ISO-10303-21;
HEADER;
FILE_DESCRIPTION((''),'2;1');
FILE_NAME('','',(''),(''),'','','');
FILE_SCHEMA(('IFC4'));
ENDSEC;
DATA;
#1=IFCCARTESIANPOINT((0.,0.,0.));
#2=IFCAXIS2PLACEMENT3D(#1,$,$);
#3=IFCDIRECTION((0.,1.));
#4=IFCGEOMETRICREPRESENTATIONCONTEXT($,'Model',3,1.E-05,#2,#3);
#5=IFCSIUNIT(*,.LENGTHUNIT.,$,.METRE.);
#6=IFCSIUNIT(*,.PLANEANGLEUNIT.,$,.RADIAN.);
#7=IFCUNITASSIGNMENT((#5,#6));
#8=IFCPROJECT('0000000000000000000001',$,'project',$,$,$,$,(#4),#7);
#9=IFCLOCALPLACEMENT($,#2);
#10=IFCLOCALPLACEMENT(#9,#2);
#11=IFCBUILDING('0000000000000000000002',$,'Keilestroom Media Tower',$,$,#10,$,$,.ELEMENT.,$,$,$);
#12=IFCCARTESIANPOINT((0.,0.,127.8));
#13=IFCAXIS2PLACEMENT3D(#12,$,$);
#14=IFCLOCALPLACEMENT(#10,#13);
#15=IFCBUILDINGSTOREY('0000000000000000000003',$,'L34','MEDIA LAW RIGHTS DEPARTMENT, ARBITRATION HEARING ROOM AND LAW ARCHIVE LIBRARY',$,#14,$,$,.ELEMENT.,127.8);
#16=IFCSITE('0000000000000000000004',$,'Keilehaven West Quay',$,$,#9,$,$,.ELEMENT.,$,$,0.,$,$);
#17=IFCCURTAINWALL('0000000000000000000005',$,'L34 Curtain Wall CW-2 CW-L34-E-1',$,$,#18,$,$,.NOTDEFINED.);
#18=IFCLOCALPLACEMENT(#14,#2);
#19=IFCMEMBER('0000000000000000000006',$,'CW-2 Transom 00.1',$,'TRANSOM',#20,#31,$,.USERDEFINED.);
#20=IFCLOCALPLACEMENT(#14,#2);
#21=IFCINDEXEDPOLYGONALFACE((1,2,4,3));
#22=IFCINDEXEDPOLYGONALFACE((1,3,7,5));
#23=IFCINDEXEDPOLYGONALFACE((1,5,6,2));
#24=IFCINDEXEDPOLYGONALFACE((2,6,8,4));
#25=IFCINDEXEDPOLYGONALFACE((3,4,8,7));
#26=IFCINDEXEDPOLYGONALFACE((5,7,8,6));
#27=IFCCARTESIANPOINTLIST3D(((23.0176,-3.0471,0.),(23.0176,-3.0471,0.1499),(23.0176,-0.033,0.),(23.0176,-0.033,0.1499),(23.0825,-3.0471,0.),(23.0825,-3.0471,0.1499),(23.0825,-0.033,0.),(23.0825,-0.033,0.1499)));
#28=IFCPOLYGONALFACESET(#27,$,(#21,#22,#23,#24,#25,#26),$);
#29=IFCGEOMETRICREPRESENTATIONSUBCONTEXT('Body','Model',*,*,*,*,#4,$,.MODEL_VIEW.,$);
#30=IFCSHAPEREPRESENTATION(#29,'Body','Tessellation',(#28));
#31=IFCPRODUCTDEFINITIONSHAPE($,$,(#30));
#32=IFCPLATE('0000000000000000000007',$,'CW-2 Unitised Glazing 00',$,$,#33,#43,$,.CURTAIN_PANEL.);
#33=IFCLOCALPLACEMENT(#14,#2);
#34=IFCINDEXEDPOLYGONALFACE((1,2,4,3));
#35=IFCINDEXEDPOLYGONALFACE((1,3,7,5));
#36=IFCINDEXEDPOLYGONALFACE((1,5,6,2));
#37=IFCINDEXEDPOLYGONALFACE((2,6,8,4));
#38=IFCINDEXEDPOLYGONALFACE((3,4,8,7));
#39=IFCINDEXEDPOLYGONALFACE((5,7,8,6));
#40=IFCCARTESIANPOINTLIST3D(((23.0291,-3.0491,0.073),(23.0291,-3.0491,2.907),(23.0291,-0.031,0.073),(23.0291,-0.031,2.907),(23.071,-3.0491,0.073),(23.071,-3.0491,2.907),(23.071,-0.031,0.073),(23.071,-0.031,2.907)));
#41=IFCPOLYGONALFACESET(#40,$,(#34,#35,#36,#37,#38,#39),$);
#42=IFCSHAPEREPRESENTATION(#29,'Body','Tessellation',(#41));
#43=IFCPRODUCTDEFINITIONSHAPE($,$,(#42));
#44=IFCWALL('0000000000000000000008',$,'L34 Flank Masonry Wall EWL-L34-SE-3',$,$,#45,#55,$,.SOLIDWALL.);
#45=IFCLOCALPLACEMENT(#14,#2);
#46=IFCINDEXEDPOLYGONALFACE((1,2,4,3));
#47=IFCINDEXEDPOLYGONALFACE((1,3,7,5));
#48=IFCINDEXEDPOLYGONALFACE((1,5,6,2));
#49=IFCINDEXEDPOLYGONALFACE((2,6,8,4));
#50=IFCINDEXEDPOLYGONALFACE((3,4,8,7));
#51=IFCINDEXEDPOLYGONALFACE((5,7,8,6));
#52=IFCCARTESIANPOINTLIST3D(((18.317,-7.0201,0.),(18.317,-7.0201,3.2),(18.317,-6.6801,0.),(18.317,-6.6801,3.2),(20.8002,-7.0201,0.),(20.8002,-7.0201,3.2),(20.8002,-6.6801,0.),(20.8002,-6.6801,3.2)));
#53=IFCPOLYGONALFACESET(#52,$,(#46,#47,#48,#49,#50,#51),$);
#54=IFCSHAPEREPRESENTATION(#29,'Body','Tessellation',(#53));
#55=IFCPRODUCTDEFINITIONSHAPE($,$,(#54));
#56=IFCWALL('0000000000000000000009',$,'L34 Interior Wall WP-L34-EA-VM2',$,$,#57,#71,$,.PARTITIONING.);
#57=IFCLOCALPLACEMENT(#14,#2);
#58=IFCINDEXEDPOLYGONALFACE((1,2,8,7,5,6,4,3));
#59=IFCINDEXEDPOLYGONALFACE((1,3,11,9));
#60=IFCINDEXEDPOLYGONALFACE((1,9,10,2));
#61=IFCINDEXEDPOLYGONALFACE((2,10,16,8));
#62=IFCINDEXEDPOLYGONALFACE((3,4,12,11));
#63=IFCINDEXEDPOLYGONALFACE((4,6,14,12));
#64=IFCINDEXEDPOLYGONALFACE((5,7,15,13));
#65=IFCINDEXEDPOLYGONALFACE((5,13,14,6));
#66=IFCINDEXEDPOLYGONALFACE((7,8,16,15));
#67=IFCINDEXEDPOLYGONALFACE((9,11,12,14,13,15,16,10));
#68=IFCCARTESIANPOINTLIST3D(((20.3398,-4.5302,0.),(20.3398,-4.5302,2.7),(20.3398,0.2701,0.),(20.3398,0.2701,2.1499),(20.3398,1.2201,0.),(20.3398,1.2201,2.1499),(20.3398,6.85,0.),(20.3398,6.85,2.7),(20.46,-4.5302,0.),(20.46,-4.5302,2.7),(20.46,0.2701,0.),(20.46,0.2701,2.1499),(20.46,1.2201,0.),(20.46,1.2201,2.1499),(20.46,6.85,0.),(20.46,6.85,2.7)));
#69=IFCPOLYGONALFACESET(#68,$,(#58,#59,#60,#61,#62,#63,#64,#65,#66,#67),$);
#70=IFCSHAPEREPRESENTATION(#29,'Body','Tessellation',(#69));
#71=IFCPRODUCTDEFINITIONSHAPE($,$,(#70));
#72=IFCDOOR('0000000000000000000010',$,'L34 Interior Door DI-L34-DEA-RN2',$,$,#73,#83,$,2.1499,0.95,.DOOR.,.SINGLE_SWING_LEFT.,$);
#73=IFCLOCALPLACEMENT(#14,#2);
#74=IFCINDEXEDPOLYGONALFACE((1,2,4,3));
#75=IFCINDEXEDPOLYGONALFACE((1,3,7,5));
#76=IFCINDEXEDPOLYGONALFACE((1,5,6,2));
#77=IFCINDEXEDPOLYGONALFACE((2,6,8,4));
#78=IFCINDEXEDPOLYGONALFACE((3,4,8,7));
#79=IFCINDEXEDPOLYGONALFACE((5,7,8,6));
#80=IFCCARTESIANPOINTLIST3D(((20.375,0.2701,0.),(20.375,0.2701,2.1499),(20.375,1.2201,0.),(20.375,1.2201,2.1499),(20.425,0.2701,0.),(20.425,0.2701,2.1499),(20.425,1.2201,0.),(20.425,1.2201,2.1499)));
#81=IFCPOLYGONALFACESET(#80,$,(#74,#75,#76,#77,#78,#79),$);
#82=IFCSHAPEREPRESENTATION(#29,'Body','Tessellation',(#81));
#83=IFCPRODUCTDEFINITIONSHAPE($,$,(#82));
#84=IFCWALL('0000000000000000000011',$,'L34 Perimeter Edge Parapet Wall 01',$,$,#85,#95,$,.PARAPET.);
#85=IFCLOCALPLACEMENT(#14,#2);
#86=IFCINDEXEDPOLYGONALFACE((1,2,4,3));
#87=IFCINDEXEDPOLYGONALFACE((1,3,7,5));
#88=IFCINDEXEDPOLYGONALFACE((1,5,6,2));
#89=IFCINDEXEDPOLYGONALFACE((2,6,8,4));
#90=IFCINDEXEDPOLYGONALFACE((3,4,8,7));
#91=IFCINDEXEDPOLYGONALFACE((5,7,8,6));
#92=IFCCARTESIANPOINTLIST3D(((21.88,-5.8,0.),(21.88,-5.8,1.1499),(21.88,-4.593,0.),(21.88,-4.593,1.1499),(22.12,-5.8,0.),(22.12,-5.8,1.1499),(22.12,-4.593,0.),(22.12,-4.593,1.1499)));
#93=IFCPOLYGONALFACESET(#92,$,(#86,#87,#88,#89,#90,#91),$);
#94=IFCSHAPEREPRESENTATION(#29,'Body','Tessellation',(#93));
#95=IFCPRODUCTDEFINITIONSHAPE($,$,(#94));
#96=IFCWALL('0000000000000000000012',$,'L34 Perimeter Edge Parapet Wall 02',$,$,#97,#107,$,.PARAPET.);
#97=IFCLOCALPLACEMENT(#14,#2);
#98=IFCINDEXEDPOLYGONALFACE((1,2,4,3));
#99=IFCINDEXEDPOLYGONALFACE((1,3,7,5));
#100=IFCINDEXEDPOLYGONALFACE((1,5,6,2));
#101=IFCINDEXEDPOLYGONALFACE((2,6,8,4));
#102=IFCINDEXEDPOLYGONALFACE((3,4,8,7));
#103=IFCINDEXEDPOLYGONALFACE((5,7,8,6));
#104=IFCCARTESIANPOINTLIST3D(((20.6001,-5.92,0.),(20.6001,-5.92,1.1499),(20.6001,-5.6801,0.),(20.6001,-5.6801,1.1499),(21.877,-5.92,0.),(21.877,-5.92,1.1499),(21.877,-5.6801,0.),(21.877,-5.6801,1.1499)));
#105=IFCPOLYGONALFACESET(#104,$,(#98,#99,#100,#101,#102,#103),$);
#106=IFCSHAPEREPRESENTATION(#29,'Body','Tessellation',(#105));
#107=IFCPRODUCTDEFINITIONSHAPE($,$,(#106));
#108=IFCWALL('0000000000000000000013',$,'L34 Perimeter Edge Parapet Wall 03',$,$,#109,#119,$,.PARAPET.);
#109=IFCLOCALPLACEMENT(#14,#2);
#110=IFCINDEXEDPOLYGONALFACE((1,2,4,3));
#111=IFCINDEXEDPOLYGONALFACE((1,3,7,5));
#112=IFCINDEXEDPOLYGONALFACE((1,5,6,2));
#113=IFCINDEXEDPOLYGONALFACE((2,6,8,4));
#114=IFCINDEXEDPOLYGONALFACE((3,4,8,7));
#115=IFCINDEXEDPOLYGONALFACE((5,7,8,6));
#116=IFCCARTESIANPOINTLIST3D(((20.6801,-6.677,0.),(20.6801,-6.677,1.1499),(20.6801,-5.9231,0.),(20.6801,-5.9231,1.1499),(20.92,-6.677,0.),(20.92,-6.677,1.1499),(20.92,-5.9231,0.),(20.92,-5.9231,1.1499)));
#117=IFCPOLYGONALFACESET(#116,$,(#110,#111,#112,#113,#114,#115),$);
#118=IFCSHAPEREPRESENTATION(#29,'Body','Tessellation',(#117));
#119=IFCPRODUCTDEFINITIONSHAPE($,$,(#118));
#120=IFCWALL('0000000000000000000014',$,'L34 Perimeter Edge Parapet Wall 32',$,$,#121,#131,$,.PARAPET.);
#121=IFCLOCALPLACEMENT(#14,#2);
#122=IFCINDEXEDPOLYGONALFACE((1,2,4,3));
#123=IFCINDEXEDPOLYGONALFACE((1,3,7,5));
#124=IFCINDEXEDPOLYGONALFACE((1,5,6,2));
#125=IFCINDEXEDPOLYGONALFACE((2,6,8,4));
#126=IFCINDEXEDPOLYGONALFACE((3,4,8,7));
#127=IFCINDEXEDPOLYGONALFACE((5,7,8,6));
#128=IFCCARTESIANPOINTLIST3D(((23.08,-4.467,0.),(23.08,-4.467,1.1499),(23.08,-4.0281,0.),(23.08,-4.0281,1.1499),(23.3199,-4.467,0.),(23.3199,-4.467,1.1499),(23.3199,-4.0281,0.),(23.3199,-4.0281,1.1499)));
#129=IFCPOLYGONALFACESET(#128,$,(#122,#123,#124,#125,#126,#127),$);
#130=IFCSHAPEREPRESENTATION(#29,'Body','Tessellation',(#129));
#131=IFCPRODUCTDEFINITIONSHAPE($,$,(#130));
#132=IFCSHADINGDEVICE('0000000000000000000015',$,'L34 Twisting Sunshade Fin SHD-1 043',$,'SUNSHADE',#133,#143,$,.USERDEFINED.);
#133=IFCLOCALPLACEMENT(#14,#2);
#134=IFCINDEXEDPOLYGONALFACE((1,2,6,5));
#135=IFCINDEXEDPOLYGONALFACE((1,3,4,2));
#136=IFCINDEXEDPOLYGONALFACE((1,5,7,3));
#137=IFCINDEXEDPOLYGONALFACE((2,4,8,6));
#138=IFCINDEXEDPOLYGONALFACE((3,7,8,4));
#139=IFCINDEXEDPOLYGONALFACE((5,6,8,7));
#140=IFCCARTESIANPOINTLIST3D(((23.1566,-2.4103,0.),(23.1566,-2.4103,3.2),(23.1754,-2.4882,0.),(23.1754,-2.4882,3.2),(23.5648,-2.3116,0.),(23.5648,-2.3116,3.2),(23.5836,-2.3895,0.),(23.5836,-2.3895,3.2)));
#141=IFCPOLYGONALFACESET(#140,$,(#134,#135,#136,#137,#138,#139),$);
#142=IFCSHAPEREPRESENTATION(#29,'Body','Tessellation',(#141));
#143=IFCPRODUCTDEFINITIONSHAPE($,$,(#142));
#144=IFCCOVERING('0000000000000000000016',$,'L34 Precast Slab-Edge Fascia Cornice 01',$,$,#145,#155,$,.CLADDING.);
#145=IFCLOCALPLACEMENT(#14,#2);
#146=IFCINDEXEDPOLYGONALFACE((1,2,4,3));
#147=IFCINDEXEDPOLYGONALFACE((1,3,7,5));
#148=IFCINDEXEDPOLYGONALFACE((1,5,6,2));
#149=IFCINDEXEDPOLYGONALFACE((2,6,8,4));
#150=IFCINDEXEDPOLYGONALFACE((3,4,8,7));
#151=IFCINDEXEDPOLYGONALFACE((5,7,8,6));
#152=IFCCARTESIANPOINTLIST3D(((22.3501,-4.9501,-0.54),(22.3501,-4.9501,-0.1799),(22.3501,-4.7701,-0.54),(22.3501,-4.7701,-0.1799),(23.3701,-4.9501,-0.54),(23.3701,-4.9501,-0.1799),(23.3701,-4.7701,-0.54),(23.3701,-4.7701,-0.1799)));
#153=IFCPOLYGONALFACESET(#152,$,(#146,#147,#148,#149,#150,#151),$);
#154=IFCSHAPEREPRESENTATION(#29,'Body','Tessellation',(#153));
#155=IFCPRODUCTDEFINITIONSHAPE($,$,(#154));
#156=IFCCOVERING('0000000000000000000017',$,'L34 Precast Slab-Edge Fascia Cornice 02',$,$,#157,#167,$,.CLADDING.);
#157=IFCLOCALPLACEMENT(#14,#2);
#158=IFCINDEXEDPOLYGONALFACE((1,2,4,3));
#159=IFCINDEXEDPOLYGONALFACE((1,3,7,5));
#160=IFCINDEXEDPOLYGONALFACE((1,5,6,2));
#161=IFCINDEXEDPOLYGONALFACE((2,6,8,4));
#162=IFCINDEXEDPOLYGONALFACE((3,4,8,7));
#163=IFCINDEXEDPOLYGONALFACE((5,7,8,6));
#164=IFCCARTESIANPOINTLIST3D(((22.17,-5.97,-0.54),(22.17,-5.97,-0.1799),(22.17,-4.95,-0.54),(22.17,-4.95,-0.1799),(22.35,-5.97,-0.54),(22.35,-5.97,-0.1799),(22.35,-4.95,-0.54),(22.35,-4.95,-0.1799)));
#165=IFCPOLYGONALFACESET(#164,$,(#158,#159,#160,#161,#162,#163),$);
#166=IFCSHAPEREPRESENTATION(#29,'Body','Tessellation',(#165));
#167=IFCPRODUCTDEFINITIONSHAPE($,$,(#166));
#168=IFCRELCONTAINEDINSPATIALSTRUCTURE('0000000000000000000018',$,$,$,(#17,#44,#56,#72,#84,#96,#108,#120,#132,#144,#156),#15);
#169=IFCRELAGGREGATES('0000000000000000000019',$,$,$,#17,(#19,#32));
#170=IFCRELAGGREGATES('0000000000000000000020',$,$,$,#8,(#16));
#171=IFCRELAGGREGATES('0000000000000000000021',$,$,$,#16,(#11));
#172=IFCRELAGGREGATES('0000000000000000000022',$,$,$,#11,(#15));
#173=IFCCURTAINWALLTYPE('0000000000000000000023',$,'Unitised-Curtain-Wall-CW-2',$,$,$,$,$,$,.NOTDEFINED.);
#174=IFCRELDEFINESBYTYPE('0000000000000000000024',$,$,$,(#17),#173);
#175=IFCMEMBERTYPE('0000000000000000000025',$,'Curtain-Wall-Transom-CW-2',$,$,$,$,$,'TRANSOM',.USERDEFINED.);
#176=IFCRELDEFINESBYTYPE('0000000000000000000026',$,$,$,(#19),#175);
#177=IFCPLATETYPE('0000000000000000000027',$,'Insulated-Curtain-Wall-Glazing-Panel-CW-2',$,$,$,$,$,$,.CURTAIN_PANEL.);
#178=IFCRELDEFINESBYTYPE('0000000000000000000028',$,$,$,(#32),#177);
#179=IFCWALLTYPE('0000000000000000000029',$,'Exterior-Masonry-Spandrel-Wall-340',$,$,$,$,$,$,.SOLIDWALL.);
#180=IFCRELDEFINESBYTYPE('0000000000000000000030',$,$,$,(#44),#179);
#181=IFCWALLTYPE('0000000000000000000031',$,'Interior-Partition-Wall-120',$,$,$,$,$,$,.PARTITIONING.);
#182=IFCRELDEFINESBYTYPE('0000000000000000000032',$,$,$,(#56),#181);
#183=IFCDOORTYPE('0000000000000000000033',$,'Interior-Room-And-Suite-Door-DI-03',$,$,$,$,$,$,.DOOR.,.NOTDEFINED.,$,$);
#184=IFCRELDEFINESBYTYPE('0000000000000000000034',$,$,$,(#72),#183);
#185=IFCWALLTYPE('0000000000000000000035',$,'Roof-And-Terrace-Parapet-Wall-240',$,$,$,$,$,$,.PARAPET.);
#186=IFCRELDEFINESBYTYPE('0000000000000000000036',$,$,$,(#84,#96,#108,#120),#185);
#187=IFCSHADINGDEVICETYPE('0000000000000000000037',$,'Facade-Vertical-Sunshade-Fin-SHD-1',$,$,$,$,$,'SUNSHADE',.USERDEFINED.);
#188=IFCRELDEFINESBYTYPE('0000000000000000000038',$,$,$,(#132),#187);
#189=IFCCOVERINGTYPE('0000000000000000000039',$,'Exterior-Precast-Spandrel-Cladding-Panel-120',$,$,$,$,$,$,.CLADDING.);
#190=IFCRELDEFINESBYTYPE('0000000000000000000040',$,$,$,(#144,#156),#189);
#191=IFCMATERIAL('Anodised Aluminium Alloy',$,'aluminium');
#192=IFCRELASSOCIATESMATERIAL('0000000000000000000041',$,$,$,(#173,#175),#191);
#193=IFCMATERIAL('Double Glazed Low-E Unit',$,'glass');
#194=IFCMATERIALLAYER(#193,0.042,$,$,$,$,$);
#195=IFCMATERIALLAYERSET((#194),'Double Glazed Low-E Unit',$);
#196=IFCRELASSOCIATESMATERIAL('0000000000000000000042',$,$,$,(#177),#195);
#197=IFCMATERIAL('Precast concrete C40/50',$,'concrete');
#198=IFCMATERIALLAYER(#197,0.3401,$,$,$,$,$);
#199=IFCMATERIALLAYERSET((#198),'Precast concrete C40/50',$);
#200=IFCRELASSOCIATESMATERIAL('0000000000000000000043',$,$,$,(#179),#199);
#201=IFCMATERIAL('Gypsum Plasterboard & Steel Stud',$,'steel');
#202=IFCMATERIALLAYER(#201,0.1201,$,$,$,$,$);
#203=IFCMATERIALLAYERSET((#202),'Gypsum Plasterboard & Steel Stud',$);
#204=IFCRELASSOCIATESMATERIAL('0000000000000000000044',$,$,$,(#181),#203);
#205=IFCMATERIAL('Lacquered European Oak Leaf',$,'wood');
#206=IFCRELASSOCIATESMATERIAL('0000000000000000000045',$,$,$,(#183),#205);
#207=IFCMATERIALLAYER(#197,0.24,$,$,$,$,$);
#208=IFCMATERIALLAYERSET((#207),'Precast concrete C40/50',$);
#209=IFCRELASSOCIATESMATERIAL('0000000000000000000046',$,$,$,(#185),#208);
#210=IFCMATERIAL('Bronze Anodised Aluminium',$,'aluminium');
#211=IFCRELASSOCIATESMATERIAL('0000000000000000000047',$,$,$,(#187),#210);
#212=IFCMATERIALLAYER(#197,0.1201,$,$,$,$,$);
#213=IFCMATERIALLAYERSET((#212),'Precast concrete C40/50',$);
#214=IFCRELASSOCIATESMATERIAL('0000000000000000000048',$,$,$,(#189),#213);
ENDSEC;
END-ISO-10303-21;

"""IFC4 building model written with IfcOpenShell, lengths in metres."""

from ifc_helpers import new_model, si_unit, direction, frame, frame_2d, origin, origin_2d, place, context, subcontext, project, spatial, rectangle, extrude, source, transform, mapped, material, layer, layer_set, material_profile, profile_set, type_object, element, fill, aggregate, save


model = new_model("IFC4")

# Units and contexts
model_context = context("Model", 3, precision=1e-05, world=origin(), true_north=direction((0.0, 1.0)))
body_context = subcontext(model_context, "Body", "Model", "MODEL_VIEW")
ifc_project = project(units=[si_unit("LENGTHUNIT", "METRE"), si_unit("PLANEANGLEUNIT", "RADIAN")], contexts=[model_context])

# Site, building, storey
site_placement = place(None, origin())
site = spatial("IfcSite", under=ifc_project, at=site_placement, Name="Keilehaven West Quay", CompositionType="ELEMENT", RefElevation=0.0)
building_placement = place(site_placement, origin())
building = spatial("IfcBuilding", under=site, at=building_placement, Name="Keilestroom Media Tower", CompositionType="ELEMENT")
storey_placement = place(building_placement, frame((0.0, 0.0, 127.8)))
storey = spatial("IfcBuildingStorey", under=building, at=storey_placement, Name="L34", Description="MEDIA LAW RIGHTS DEPARTMENT, ARBITRATION HEARING ROOM AND LAW ARCHIVE LIBRARY", CompositionType="ELEMENT", Elevation=127.8)

# Shared definitions
ifc_material_1 = material(Name="Precast concrete C40/50", Category="concrete")

# Curtain wall, member, plate
ifc_material_2 = material(Name="Anodised Aluminium Alloy", Category="aluminium")
curtain_wall_type = type_object("IfcCurtainWallType", Name="Unitised-Curtain-Wall-CW-2", PredefinedType="NOTDEFINED", material=ifc_material_2)
curtain_wall_placement = place(storey_placement, origin())
curtain_wall = element("IfcCurtainWall", 1, at=curtain_wall_placement, inside=storey, type_object=curtain_wall_type, Name="L34 Curtain Wall CW-2 CW-L34-E-1", PredefinedType="NOTDEFINED")
ifc_material_profile_1 = material_profile(ifc_material_2, rectangle(XDim=0.0649, YDim=0.1499, at=origin_2d()), Name="ALU TRANSOM 65x150")
ifc_profile_set_1 = profile_set([ifc_material_profile_1], Name="Anodised Aluminium Alloy")
member_type_1 = type_object("IfcMemberType", Name="Curtain-Wall-Transom-CW-2", ElementType="TRANSOM", PredefinedType="USERDEFINED", material=ifc_profile_set_1)
shared_shape_1 = source(origin(), body_context, "Body", "SweptSolid", [
    extrude(rectangle(XDim=0.0649, YDim=0.1499, at=origin_2d()), origin(), (0.0, 0.0, 1.0), 3.0142),
])
member_1_placement = place(storey_placement, frame((23.05, -3.0471, 0.075), z_axis=(0.0, 1.0, 0.0), x_axis=(-1.0, 0.0, 0.0)))
member_1 = element("IfcMember", 2, at=member_1_placement, type_object=member_type_1, Name="CW-2 Transom 00.1", ObjectType="TRANSOM", PredefinedType="USERDEFINED", context=body_context, shape_type="MappedRepresentation", body=[
    mapped(shared_shape_1, transform((0.0, 0.0, 0.0), x_axis=(1.0, 0.0, 0.0), y_axis=(0.0, 1.0, 0.0), z_axis=(0.0, 0.0, 1.0), scale=1.0)),
])
ifc_material_3 = material(Name="Double Glazed Low-E Unit", Category="glass")
ifc_layer_1 = layer(ifc_material_3, 0.042)
ifc_layer_set_1 = layer_set([ifc_layer_1], Name="Double Glazed Low-E Unit")
plate_type = type_object("IfcPlateType", Name="Insulated-Curtain-Wall-Glazing-Panel-CW-2", PredefinedType="CURTAIN_PANEL", material=ifc_layer_set_1)
shared_shape_2 = source(origin(), body_context, "Body", "SweptSolid", [
    extrude(rectangle(XDim=3.0181, YDim=0.042, at=origin_2d()), origin(), (0.0, 0.0, 1.0), 2.834),
])
plate_placement = place(storey_placement, frame((23.05, -1.54, 0.073), z_axis=(0.0, 0.0, 1.0), x_axis=(0.0, 1.0, 0.0)))
plate = element("IfcPlate", 3, at=plate_placement, type_object=plate_type, Name="CW-2 Unitised Glazing 00", PredefinedType="CURTAIN_PANEL", context=body_context, shape_type="MappedRepresentation", body=[
    mapped(shared_shape_2, transform((0.0, 0.0, 0.0), x_axis=(1.0, 0.0, 0.0), y_axis=(0.0, 1.0, 0.0), z_axis=(0.0, 0.0, 1.0), scale=1.0)),
])
aggregate(curtain_wall, [member_1, plate])

# Wall
ifc_layer_2 = layer(ifc_material_1, 0.3401)
ifc_layer_set_2 = layer_set([ifc_layer_2], Name="Precast concrete C40/50")
wall_type_1 = type_object("IfcWallType", Name="Exterior-Masonry-Spandrel-Wall-340", PredefinedType="SOLIDWALL", material=ifc_layer_set_2)
wall_1_placement = place(storey_placement, frame((18.3169, -6.8501, 0.0), z_axis=(0.0, 0.0, 1.0), x_axis=(1.0, 0.0, 0.0)))
element("IfcWall", 4, at=wall_1_placement, inside=storey, type_object=wall_type_1, Name="L34 Flank Masonry Wall EWL-L34-SE-3", PredefinedType="SOLIDWALL", context=body_context, shape_type="SweptSolid", body=[
    extrude(rectangle(XDim=2.4832, YDim=0.3401, at=frame_2d((1.2417, 0.0))), origin(), (0.0, 0.0, 1.0), 3.2),
])

# Wall, opening, door
ifc_material_4 = material(Name="Gypsum Plasterboard & Steel Stud", Category="steel")
ifc_layer_3 = layer(ifc_material_4, 0.1201)
ifc_layer_set_3 = layer_set([ifc_layer_3], Name="Gypsum Plasterboard & Steel Stud")
wall_type_2 = type_object("IfcWallType", Name="Interior-Partition-Wall-120", PredefinedType="PARTITIONING", material=ifc_layer_set_3)
wall_2_placement = place(storey_placement, frame((20.3999, -4.53, 0.0), z_axis=(0.0, 0.0, 1.0), x_axis=(0.0, 1.0, 0.0)))
wall_2 = element("IfcWall", 5, at=wall_2_placement, inside=storey, type_object=wall_type_2, Name="L34 Interior Wall WP-L34-EA-VM2", PredefinedType="PARTITIONING", context=body_context, shape_type="SweptSolid", body=[
    extrude(rectangle(XDim=11.3801, YDim=0.1201, at=frame_2d((5.6899, 0.0))), origin(), (0.0, 0.0, 1.0), 2.7),
])
opening_placement = place(wall_2_placement, frame((4.8, 0.0, 0.0)))
opening = element("IfcOpeningElement", 6, at=opening_placement, cuts=wall_2, PredefinedType="OPENING", context=body_context, shape_type="SweptSolid", body=[
    extrude(rectangle(XDim=0.95, YDim=2.1499, at=frame_2d((0.4751, 1.075))), frame((0.0, 0.0701, 0.0), z_axis=(0.0, -1.0, 0.0), x_axis=(1.0, 0.0, 0.0)), (0.0, 0.0, 1.0), 0.1401),
])
ifc_material_5 = material(Name="Lacquered European Oak Leaf", Category="wood")
door_type = type_object("IfcDoorType", Name="Interior-Room-And-Suite-Door-DI-03", OperationType="NOTDEFINED", PredefinedType="DOOR", material=ifc_material_5)
shared_shape_3 = source(origin(), body_context, "Body", "SweptSolid", [
    extrude(rectangle(XDim=0.95, YDim=2.1499, at=frame_2d((0.4751, 1.075))), frame((0.0, 0.0249, 0.0), z_axis=(0.0, -1.0, 0.0), x_axis=(1.0, 0.0, 0.0)), (0.0, 0.0, 1.0), 0.05),
])
door_placement = place(opening_placement, origin())
door = element("IfcDoor", 7, at=door_placement, inside=storey, type_object=door_type, Name="L34 Interior Door DI-L34-DEA-RN2", OperationType="SINGLE_SWING_LEFT", OverallHeight=2.1499, OverallWidth=0.95, PredefinedType="DOOR", context=body_context, shape_type="MappedRepresentation", body=[
    mapped(shared_shape_3, transform((0.0, 0.0, 0.0), x_axis=(1.0, 0.0, 0.0), y_axis=(0.0, 1.0, 0.0), z_axis=(0.0, 0.0, 1.0), scale=1.0)),
])
fill(opening, door)

# Walls
ifc_layer_4 = layer(ifc_material_1, 0.24)
ifc_layer_set_4 = layer_set([ifc_layer_4], Name="Precast concrete C40/50")
wall_type_3 = type_object("IfcWallType", Name="Roof-And-Terrace-Parapet-Wall-240", PredefinedType="PARAPET", material=ifc_layer_set_4)
wall_3_placement = place(storey_placement, frame((22.0, -4.593, 0.0), z_axis=(0.0, 0.0, 1.0), x_axis=(0.0, -1.0, 0.0)))
element("IfcWall", 8, at=wall_3_placement, inside=storey, type_object=wall_type_3, Name="L34 Perimeter Edge Parapet Wall 01", PredefinedType="PARAPET", context=body_context, shape_type="SweptSolid", body=[
    extrude(rectangle(XDim=1.207, YDim=0.24, at=frame_2d((0.6035, 0.0))), origin(), (0.0, 0.0, 1.0), 1.1499),
])
wall_4_placement = place(storey_placement, frame((21.877, -5.8, 0.0), z_axis=(0.0, 0.0, 1.0), x_axis=(-1.0, 0.0, 0.0)))
element("IfcWall", 9, at=wall_4_placement, inside=storey, type_object=wall_type_3, Name="L34 Perimeter Edge Parapet Wall 02", PredefinedType="PARAPET", context=body_context, shape_type="SweptSolid", body=[
    extrude(rectangle(XDim=1.2769, YDim=0.24, at=frame_2d((0.6384, 0.0))), origin(), (0.0, 0.0, 1.0), 1.1499),
])
wall_5_placement = place(storey_placement, frame((20.8, -5.9231, 0.0), z_axis=(0.0, 0.0, 1.0), x_axis=(0.0, -1.0, 0.0)))
element("IfcWall", 10, at=wall_5_placement, inside=storey, type_object=wall_type_3, Name="L34 Perimeter Edge Parapet Wall 03", PredefinedType="PARAPET", context=body_context, shape_type="SweptSolid", body=[
    extrude(rectangle(XDim=0.7539, YDim=0.24, at=frame_2d((0.377, 0.0))), origin(), (0.0, 0.0, 1.0), 1.1499),
])
wall_6_placement = place(storey_placement, frame((23.2, -4.0281, 0.0), z_axis=(0.0, 0.0, 1.0), x_axis=(0.0, -1.0, 0.0)))
element("IfcWall", 11, at=wall_6_placement, inside=storey, type_object=wall_type_3, Name="L34 Perimeter Edge Parapet Wall 32", PredefinedType="PARAPET", context=body_context, shape_type="SweptSolid", body=[
    extrude(rectangle(XDim=0.439, YDim=0.24, at=frame_2d((0.2195, 0.0))), origin(), (0.0, 0.0, 1.0), 1.1499),
])

# Shading device
ifc_material_6 = material(Name="Bronze Anodised Aluminium", Category="aluminium")
shading_device_type = type_object("IfcShadingDeviceType", Name="Facade-Vertical-Sunshade-Fin-SHD-1", ElementType="SUNSHADE", PredefinedType="USERDEFINED", material=ifc_material_6)
shared_shape_4 = source(origin(), body_context, "Body", "SweptSolid", [
    extrude(rectangle(XDim=0.4199, YDim=0.0801, at=origin_2d()), origin(), (0.0, 0.0, 1.0), 3.2),
])
shading_device_placement = place(storey_placement, frame((23.3701, -2.3999, 0.0), z_axis=(0.0, 0.0, 1.0), x_axis=(0.972002, 0.234972, 0.0)))
element("IfcShadingDevice", 12, at=shading_device_placement, inside=storey, type_object=shading_device_type, Name="L34 Twisting Sunshade Fin SHD-1 043", ObjectType="SUNSHADE", PredefinedType="USERDEFINED", context=body_context, shape_type="MappedRepresentation", body=[
    mapped(shared_shape_4, transform((0.0, 0.0, 0.0), x_axis=(1.0, 0.0, 0.0), y_axis=(0.0, 1.0, 0.0), z_axis=(0.0, 0.0, 1.0), scale=1.0)),
])

# Coverings
ifc_layer_5 = layer(ifc_material_1, 0.1201)
ifc_layer_set_5 = layer_set([ifc_layer_5], Name="Precast concrete C40/50")
covering_type = type_object("IfcCoveringType", Name="Exterior-Precast-Spandrel-Cladding-Panel-120", PredefinedType="CLADDING", material=ifc_layer_set_5)
shared_shape_5 = source(origin(), body_context, "Body", "SweptSolid", [
    extrude(rectangle(XDim=1.02, YDim=0.1799, at=origin_2d()), origin(), (0.0, 0.0, 1.0), 0.3601),
])
for number, where, z_axis, x_axis, name in (
    (13, (22.8601, -4.8601, -0.54), (0.0, 0.0, 1.0), (-1.0, 0.0, 0.0), "L34 Precast Slab-Edge Fascia Cornice 01"),
    (14, (22.26, -5.46, -0.54), (0.0, 0.0, 1.0), (0.0, -1.0, 0.0), "L34 Precast Slab-Edge Fascia Cornice 02"),
):
    element("IfcCovering", number, at=place(storey_placement, frame(where, z_axis=z_axis, x_axis=x_axis)), inside=storey, type_object=covering_type, Name=name, PredefinedType="CLADDING", context=body_context, shape_type="MappedRepresentation", body=[
        mapped(shared_shape_5, transform((0.0, 0.0, 0.0), x_axis=(1.0, 0.0, 0.0), y_axis=(0.0, 1.0, 0.0), z_axis=(0.0, 0.0, 1.0), scale=1.0)),
    ])

save(model, "model.ifc")
